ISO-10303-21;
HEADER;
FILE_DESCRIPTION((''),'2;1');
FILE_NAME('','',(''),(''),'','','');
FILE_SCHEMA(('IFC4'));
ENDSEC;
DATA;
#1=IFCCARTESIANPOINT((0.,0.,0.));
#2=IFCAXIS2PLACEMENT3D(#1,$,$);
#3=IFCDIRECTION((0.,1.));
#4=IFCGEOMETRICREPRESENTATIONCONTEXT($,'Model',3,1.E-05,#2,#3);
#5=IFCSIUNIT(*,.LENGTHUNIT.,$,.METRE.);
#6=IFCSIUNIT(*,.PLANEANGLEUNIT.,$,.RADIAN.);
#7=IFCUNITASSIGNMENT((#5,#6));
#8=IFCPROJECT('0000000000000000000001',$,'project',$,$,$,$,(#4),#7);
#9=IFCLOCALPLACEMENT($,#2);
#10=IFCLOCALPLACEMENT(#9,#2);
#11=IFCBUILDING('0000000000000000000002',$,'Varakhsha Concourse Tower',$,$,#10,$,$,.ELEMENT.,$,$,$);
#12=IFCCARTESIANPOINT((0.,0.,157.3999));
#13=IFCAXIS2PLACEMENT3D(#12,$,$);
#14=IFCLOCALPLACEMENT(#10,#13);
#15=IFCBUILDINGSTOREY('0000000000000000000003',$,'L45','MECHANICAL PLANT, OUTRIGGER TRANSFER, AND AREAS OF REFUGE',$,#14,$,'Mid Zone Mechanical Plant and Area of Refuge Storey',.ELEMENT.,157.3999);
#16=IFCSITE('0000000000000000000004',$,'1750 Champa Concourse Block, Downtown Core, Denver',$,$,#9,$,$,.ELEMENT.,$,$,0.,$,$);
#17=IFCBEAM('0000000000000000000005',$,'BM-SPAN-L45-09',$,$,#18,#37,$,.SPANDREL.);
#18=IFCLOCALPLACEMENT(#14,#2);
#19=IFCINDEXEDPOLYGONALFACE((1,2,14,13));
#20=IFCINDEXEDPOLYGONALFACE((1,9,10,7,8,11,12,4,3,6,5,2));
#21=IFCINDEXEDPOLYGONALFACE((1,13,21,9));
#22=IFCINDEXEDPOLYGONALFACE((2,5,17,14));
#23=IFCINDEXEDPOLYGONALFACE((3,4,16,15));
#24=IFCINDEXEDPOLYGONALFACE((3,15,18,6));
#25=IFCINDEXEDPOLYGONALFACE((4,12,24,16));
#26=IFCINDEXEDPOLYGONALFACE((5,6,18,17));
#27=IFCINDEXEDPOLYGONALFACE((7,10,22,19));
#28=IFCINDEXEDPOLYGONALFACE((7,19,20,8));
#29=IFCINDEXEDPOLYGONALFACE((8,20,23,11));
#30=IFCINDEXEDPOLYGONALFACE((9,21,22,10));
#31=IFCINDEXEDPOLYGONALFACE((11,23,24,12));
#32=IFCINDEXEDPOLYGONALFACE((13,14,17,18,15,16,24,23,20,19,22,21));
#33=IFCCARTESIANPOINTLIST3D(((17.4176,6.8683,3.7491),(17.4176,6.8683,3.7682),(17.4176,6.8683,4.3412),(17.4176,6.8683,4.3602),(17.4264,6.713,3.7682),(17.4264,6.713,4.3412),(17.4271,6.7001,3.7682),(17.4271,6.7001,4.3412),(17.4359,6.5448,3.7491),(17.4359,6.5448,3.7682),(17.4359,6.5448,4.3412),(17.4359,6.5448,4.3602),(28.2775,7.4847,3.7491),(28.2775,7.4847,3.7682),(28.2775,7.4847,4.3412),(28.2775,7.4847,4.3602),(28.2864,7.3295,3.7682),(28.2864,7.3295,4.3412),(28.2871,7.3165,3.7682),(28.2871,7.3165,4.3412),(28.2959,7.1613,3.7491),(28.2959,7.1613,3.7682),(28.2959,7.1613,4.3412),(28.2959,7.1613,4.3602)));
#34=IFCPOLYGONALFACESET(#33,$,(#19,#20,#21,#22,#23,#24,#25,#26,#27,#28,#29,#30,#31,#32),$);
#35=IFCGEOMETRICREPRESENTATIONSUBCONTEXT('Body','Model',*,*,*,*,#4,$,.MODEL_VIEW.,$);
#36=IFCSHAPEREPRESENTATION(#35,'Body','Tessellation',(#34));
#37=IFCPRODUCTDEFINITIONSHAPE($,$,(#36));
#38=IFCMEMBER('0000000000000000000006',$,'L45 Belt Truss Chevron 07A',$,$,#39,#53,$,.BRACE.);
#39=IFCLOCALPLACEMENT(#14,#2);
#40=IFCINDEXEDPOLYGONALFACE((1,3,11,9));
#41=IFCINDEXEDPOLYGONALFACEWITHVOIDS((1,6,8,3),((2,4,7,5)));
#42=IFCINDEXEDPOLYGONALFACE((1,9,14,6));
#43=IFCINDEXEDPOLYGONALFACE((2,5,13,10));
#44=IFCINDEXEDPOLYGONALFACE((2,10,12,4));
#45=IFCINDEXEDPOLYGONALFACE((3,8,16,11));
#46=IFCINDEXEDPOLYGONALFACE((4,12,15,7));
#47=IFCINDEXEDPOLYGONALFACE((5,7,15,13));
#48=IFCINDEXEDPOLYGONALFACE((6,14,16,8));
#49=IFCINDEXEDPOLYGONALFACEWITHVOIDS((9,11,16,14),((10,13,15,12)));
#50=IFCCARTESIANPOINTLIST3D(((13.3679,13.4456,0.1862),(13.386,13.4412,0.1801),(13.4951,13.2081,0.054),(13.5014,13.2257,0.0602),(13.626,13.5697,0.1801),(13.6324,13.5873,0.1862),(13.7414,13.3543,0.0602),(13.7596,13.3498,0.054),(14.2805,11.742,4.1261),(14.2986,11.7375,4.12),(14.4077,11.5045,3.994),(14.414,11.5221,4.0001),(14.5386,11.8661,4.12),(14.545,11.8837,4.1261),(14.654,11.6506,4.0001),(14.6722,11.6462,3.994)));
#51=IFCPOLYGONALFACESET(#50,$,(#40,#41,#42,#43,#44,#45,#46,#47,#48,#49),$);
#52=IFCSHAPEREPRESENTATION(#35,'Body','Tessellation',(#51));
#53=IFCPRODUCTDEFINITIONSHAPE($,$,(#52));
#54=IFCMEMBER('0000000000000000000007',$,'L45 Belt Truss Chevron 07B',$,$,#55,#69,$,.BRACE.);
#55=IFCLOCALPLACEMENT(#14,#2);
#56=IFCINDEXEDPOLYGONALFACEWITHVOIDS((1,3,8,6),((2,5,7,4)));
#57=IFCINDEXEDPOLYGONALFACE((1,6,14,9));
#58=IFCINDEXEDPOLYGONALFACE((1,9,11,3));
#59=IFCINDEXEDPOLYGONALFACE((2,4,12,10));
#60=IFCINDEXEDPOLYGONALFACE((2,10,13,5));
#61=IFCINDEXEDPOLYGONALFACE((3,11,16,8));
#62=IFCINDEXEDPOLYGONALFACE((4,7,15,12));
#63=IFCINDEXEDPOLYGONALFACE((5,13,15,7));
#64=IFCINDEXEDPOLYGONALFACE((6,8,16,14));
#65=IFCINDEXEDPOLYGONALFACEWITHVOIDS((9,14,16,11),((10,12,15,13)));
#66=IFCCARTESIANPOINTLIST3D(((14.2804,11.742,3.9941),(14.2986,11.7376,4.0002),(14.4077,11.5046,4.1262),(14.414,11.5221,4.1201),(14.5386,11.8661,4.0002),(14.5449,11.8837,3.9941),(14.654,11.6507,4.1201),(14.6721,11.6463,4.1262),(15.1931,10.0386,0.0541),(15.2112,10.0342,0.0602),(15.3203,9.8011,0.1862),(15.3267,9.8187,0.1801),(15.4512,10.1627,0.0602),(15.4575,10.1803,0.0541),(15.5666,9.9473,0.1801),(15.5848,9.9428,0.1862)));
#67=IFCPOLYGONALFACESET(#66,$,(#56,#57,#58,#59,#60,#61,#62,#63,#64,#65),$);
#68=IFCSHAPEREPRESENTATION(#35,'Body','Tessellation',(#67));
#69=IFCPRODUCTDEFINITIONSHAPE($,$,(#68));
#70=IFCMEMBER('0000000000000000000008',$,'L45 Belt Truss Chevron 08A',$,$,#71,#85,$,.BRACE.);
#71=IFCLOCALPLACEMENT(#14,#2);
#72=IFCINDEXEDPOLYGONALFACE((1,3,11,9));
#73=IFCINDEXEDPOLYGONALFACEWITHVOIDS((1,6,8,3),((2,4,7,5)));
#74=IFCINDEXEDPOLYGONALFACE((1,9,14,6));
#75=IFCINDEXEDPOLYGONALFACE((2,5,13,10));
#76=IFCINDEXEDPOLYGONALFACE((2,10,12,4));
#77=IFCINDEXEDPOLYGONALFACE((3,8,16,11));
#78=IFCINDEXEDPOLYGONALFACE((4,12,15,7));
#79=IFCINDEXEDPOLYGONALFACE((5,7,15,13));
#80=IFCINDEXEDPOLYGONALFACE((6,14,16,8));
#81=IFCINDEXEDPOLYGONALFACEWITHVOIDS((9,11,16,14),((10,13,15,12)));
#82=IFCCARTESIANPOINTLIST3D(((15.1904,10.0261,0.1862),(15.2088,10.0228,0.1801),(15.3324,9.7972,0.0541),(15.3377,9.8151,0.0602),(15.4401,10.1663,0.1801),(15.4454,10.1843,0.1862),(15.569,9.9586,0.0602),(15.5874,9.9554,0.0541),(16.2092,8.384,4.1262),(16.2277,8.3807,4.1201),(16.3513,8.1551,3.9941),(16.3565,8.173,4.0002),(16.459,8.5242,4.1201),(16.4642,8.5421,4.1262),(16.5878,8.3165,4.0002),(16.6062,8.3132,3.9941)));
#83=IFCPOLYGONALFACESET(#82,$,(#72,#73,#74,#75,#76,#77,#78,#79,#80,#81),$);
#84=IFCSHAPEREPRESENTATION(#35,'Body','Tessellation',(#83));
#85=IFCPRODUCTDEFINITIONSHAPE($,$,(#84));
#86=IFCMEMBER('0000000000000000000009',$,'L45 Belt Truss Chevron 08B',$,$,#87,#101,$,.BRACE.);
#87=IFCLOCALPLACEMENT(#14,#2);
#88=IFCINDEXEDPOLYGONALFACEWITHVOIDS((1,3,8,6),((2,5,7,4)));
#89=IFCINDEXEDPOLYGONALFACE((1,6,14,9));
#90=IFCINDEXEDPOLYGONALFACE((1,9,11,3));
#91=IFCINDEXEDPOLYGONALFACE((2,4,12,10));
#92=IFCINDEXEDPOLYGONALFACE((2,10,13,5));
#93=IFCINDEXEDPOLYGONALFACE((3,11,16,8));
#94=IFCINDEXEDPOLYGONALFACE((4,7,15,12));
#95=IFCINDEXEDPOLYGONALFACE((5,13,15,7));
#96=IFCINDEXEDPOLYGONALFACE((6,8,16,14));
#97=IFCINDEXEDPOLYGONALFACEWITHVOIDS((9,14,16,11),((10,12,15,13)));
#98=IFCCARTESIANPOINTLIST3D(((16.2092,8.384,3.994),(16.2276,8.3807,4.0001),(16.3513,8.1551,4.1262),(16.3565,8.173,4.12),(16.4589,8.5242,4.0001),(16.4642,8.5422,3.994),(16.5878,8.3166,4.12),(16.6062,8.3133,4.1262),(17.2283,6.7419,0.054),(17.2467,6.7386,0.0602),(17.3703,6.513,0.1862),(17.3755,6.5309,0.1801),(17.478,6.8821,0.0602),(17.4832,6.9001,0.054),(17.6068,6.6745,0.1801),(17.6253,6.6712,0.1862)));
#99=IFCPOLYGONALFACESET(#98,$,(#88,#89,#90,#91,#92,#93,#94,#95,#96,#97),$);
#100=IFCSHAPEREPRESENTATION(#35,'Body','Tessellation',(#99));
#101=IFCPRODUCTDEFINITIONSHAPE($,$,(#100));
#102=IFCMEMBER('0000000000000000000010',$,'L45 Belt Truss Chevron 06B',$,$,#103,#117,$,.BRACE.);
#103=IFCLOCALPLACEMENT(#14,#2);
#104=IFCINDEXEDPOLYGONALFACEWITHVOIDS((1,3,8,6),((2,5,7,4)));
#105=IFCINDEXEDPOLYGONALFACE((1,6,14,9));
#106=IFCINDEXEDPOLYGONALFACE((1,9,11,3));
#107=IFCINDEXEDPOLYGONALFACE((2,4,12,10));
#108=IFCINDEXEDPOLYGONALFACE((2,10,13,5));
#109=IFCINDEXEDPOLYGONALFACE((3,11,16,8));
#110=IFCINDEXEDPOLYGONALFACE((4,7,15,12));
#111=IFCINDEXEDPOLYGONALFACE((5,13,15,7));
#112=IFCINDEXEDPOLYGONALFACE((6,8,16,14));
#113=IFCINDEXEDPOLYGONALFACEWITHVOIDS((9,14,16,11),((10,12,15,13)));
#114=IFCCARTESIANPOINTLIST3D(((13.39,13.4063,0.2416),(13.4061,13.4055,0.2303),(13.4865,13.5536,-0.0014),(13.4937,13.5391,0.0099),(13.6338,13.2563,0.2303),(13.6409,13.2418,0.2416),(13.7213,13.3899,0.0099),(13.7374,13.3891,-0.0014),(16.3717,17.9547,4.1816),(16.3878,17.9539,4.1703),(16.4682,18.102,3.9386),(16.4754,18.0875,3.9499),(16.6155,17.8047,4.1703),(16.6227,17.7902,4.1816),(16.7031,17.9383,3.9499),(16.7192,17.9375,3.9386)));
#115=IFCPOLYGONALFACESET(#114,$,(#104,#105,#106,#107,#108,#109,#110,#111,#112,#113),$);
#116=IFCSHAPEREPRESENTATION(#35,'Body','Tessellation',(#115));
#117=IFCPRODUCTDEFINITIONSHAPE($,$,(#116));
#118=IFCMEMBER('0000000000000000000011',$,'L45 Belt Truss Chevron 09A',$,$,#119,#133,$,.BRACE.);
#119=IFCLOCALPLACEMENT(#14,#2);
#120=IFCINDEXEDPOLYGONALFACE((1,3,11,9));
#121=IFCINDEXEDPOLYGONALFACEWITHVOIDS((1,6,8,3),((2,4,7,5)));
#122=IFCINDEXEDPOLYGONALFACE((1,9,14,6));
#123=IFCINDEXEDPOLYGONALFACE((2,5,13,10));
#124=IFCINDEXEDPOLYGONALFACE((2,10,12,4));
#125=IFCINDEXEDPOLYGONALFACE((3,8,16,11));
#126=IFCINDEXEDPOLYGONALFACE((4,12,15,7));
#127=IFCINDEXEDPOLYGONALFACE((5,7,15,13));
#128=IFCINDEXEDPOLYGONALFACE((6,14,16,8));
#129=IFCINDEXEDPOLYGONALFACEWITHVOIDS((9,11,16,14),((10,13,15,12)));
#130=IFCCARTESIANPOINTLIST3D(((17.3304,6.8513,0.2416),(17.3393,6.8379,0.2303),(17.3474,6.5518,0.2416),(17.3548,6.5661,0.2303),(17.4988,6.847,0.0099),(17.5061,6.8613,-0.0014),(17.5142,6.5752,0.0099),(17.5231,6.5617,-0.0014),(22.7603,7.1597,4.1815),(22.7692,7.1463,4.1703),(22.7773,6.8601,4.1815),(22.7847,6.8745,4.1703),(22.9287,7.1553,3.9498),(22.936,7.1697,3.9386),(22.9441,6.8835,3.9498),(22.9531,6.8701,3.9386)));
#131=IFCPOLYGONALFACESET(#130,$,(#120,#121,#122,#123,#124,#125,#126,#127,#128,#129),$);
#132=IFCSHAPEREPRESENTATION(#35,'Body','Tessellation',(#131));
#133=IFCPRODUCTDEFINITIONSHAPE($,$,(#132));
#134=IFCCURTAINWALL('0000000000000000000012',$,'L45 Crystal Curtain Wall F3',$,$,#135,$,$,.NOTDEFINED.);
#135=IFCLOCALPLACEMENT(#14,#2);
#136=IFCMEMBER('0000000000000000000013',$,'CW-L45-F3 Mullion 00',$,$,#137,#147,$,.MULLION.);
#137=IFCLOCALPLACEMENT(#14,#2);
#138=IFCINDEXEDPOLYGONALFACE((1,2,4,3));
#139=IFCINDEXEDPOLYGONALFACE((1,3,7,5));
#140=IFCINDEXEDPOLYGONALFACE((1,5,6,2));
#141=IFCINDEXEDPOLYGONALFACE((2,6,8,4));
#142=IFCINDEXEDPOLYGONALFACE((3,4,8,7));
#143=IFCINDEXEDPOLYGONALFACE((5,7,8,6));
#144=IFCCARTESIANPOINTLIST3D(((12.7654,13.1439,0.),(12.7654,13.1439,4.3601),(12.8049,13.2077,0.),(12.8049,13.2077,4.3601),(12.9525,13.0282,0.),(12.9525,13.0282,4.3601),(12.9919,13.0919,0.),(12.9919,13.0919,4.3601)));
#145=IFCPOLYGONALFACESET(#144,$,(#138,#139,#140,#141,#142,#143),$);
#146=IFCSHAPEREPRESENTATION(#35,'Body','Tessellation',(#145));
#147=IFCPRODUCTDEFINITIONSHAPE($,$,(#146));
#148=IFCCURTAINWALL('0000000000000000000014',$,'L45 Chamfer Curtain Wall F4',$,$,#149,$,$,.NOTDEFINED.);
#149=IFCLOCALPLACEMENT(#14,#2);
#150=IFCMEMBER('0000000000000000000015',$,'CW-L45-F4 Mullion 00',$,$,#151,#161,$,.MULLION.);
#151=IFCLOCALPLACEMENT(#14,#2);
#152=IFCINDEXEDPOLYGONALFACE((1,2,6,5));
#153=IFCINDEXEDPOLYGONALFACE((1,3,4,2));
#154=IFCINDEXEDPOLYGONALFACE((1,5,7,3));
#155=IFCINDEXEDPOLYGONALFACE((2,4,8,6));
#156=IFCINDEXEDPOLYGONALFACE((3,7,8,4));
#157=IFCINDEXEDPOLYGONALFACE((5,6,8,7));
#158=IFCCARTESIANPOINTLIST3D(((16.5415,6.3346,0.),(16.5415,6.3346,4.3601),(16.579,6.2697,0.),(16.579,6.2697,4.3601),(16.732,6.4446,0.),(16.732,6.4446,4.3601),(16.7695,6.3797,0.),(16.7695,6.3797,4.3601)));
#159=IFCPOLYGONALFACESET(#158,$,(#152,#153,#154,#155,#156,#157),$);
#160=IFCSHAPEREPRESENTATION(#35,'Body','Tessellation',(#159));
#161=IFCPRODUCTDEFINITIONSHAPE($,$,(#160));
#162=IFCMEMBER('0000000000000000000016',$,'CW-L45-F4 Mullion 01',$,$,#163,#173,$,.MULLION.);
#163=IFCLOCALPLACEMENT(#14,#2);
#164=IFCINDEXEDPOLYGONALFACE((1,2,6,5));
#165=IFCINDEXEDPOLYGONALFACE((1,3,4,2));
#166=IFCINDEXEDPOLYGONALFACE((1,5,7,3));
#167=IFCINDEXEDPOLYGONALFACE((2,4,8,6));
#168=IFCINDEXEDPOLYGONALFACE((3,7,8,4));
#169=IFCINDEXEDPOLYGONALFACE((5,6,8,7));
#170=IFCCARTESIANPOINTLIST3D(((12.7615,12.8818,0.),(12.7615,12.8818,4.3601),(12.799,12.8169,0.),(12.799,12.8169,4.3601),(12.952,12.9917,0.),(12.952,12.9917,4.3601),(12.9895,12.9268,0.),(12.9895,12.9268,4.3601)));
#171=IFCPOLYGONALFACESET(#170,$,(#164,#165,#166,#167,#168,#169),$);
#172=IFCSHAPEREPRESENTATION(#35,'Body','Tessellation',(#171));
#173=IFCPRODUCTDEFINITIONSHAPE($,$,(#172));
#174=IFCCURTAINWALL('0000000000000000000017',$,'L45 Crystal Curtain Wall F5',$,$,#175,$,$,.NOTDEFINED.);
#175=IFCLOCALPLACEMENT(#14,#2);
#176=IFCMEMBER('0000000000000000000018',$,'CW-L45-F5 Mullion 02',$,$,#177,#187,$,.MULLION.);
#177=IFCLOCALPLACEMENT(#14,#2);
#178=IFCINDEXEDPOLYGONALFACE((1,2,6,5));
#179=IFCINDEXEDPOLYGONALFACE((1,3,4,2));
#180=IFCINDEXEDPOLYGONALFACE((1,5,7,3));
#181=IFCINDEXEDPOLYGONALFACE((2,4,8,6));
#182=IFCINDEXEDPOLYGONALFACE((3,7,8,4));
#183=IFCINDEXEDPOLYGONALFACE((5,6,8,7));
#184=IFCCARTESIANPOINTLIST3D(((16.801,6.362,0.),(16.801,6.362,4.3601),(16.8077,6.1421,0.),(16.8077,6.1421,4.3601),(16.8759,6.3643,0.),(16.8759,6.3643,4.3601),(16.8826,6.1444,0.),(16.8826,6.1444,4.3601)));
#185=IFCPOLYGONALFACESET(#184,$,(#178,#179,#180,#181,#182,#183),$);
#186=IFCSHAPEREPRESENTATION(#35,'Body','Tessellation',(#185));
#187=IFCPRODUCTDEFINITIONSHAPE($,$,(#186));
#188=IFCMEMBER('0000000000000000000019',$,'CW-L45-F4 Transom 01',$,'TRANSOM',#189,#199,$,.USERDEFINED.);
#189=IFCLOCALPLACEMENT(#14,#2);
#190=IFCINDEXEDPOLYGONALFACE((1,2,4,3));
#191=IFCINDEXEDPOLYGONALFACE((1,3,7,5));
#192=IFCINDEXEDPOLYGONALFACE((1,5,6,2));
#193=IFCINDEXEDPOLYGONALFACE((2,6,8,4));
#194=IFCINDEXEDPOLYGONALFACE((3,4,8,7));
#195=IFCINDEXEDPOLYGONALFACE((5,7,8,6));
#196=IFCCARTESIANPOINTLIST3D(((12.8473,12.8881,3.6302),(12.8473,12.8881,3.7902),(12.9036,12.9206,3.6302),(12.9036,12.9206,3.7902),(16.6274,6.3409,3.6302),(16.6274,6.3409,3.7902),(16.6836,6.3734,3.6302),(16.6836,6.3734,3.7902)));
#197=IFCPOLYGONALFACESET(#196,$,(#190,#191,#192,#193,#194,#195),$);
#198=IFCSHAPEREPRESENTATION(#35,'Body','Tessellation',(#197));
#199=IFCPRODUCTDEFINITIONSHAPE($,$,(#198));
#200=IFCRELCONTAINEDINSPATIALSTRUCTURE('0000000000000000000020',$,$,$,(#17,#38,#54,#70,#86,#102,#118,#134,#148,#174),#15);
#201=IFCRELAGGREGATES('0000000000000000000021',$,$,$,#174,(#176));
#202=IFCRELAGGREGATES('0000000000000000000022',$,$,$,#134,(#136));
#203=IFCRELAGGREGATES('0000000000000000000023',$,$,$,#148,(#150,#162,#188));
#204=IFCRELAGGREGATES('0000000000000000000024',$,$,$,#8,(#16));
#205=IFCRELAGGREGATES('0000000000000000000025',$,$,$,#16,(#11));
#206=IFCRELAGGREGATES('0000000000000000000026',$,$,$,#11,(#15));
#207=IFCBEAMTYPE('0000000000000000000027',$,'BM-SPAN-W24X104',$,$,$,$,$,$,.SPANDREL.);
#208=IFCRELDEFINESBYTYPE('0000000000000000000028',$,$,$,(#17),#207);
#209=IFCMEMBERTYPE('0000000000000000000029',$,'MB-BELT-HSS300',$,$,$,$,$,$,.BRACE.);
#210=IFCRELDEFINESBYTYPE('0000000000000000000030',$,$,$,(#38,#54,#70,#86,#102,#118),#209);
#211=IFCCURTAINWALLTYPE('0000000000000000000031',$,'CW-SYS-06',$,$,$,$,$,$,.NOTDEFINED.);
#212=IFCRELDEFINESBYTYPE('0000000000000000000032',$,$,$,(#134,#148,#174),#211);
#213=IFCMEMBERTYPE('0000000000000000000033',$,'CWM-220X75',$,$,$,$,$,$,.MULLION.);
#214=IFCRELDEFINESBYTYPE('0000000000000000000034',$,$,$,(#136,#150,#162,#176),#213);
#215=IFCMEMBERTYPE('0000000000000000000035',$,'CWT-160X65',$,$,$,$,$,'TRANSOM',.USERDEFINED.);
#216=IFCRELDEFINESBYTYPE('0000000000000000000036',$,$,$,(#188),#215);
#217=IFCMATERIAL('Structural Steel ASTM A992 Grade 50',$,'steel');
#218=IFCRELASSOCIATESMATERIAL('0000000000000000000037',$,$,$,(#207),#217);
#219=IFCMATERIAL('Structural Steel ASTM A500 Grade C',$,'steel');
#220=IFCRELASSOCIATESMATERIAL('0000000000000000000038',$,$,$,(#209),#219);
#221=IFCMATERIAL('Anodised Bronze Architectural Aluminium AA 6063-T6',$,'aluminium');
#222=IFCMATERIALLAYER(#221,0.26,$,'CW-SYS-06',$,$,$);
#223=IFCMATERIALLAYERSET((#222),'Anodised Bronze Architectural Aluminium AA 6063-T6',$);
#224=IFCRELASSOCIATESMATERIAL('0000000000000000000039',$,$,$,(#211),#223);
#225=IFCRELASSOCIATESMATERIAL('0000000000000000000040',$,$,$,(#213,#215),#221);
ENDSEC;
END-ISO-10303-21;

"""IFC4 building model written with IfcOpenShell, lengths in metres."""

from ifc_helpers import new_model, si_unit, direction, frame, origin, origin_2d, place, context, subcontext, project, spatial, rectangle, hollow_rectangle, i_section, extrude, source, transform, mapped, material, layer, layer_set, material_profile, profile_set, type_object, type_shapes, element, aggregate, save


model = new_model("IFC4")

# Units and contexts
model_context = context("Model", 3, precision=1e-05, world=origin(), true_north=direction((0.0, 1.0)))
body_context = subcontext(model_context, "Body", "Model", "MODEL_VIEW")
ifc_project = project(units=[si_unit("LENGTHUNIT", "METRE"), si_unit("PLANEANGLEUNIT", "RADIAN")], contexts=[model_context])

# Site, building, storey
site_placement = place(None, origin())
site = spatial("IfcSite", under=ifc_project, at=site_placement, Name="1750 Champa Concourse Block, Downtown Core, Denver", CompositionType="ELEMENT", RefElevation=0.0)
building_placement = place(site_placement, origin())
building = spatial("IfcBuilding", under=site, at=building_placement, Name="Varakhsha Concourse Tower", CompositionType="ELEMENT")
storey_placement = place(building_placement, frame((0.0, 0.0, 157.3999)))
storey = spatial("IfcBuildingStorey", under=building, at=storey_placement, Name="L45", Description="MECHANICAL PLANT, OUTRIGGER TRANSFER, AND AREAS OF REFUGE", LongName="Mid Zone Mechanical Plant and Area of Refuge Storey", CompositionType="ELEMENT", Elevation=157.3999)

# Shared definitions
ifc_material_1 = material(Name="Structural Steel ASTM A992 Grade 50", Category="steel")

# Beam
ifc_material_profile_1 = material_profile(ifc_material_1, i_section(OverallWidth=0.324, OverallDepth=0.6111, WebThickness=0.0129, FlangeThickness=0.019, at=origin_2d()), Name="W24X104")
ifc_profile_set_1 = profile_set([ifc_material_profile_1], Name="Structural Steel ASTM A992 Grade 50")
beam_type_1 = type_object("IfcBeamType", Name="BM-SPAN-W24X104", PredefinedType="SPANDREL", material=ifc_profile_set_1)
beam_1_placement = place(storey_placement, frame((17.4268, 6.7065, 4.0547), z_axis=(0.998393, 0.056673, 0.0), x_axis=(-0.056673, 0.998393, 0.0)))
element("IfcBeam", 1, at=beam_1_placement, inside=storey, type_object=beam_type_1, Name="BM-SPAN-L45-09", PredefinedType="SPANDREL", context=body_context, shape_type="SweptSolid", body=[
    extrude(i_section(OverallWidth=0.324, OverallDepth=0.6111, WebThickness=0.0129, FlangeThickness=0.019, at=origin_2d()), origin(), (0.0, 0.0, 1.0), 10.8774),
])

# Members
ifc_material_2 = material(Name="Structural Steel ASTM A500 Grade C", Category="steel")
ifc_material_profile_2 = material_profile(ifc_material_2, hollow_rectangle(XDim=0.3, YDim=0.3, WallThickness=0.0139, at=origin_2d()), Name="HSS 300x300x14")
ifc_profile_set_2 = profile_set([ifc_material_profile_2], Name="Structural Steel ASTM A500 Grade C")
member_type_1 = type_object("IfcMemberType", Name="MB-BELT-HSS300", PredefinedType="BRACE", material=ifc_profile_set_2)
shared_shape_1 = source(origin(), body_context, "Body", "SweptSolid", [
    extrude(hollow_rectangle(XDim=0.3, YDim=0.3, WallThickness=0.0139, at=origin_2d()), origin(), (0.0, 0.0, 1.0), 4.3884),
])
for number, where, z_axis, x_axis, name in (
    (2, (13.5637, 13.3977, 0.1201), (0.207956, -0.388206, 0.897803), (0.881491, 0.4722, 0.0), "L45 Belt Truss Chevron 07A"),
    (3, (15.3889, 9.9907, 0.1201), (-0.20796, 0.388159, 0.897823), (-0.881463, -0.472253, 0.0), "L45 Belt Truss Chevron 07B"),
    (4, (15.3889, 9.9907, 0.1201), (0.23216, -0.374194, 0.89782), (0.84974, 0.527202, 0.0), "L45 Belt Truss Chevron 08A"),
    (5, (17.4268, 6.7065, 0.1201), (-0.232213, 0.374189, 0.897808), (-0.849683, -0.527294, 0.0), "L45 Belt Truss Chevron 08B"),
):
    element("IfcMember", number, at=place(storey_placement, frame(where, z_axis=z_axis, x_axis=x_axis)), inside=storey, type_object=member_type_1, Name=name, PredefinedType="BRACE", context=body_context, shape_type="MappedRepresentation", body=[
        mapped(shared_shape_1, transform((0.0, 0.0, 0.0), scale=1.0)),
    ])
shared_shape_2 = source(origin(), body_context, "Body", "SweptSolid", [
    extrude(hollow_rectangle(XDim=0.3, YDim=0.3, WallThickness=0.0139, at=origin_2d()), origin(), (0.0, 0.0, 1.0), 6.7158),
])
type_shapes(member_type_1, [shared_shape_1, shared_shape_2])
for number, where, z_axis, x_axis, name in (
    (6, (13.5637, 13.3977, 0.1201), (0.443986, 0.677267, 0.586674), (-0.836314, 0.54825, 0.0), "L45 Belt Truss Chevron 06B"),
    (7, (17.4268, 6.7065, 0.1201), (0.808527, 0.045914, 0.586665), (-0.056696, 0.998392, 0.0), "L45 Belt Truss Chevron 09A"),
):
    element("IfcMember", number, at=place(storey_placement, frame(where, z_axis=z_axis, x_axis=x_axis)), inside=storey, type_object=member_type_1, Name=name, PredefinedType="BRACE", context=body_context, shape_type="MappedRepresentation", body=[
        mapped(shared_shape_2, transform((0.0, 0.0, 0.0), scale=1.0)),
    ])

# Curtain wall, member
ifc_material_3 = material(Name="Anodised Bronze Architectural Aluminium AA 6063-T6", Category="aluminium")
ifc_layer_1 = layer(ifc_material_3, 0.26, Name="CW-SYS-06")
ifc_layer_set_1 = layer_set([ifc_layer_1], Name="Anodised Bronze Architectural Aluminium AA 6063-T6")
curtain_wall_type = type_object("IfcCurtainWallType", Name="CW-SYS-06", PredefinedType="NOTDEFINED", material=ifc_layer_set_1)
curtain_wall_1_placement = place(storey_placement, origin())
curtain_wall_1 = element("IfcCurtainWall", 8, at=curtain_wall_1_placement, inside=storey, type_object=curtain_wall_type, Name="L45 Crystal Curtain Wall F3", PredefinedType="NOTDEFINED")
ifc_material_profile_3 = material_profile(ifc_material_3, rectangle(XDim=0.075, YDim=0.22, at=origin_2d()), Name="CWM-220X75")
ifc_profile_set_3 = profile_set([ifc_material_profile_3], Name="Anodised Bronze Architectural Aluminium AA 6063-T6")
member_type_2 = type_object("IfcMemberType", Name="CWM-220X75", PredefinedType="MULLION", material=ifc_profile_set_3)
shared_shape_3 = source(origin(), body_context, "Body", "SweptSolid", [
    extrude(rectangle(XDim=0.075, YDim=0.22, at=origin_2d()), origin(), (0.0, 0.0, 1.0), 4.3601),
])
type_shapes(member_type_2, [shared_shape_3])
member_1_placement = place(storey_placement, frame((12.8787, 13.1179, 0.0), z_axis=(0.0, 0.0, 1.0), x_axis=(0.526199, 0.850361, 0.0)))
member_1 = element("IfcMember", 9, at=member_1_placement, type_object=member_type_2, Name="CW-L45-F3 Mullion 00", PredefinedType="MULLION", context=body_context, shape_type="MappedRepresentation", body=[
    mapped(shared_shape_3, transform((0.0, 0.0, 0.0), scale=1.0)),
])

# Curtain wall, members
curtain_wall_2_placement = place(storey_placement, origin())
curtain_wall_2 = element("IfcCurtainWall", 10, at=curtain_wall_2_placement, inside=storey, type_object=curtain_wall_type, Name="L45 Chamfer Curtain Wall F4", PredefinedType="NOTDEFINED")
member_2_placement = place(storey_placement, frame((16.6555, 6.3572, 0.0), z_axis=(0.0, 0.0, 1.0), x_axis=(-0.499991, 0.866031, 0.0)))
member_2 = element("IfcMember", 11, at=member_2_placement, type_object=member_type_2, Name="CW-L45-F4 Mullion 00", PredefinedType="MULLION", context=body_context, shape_type="MappedRepresentation", body=[
    mapped(shared_shape_3, transform((0.0, 0.0, 0.0), scale=1.0)),
])
member_3_placement = place(storey_placement, frame((12.8755, 12.9043, 0.0), z_axis=(0.0, 0.0, 1.0), x_axis=(-0.499991, 0.866031, 0.0)))
member_3 = element("IfcMember", 12, at=member_3_placement, type_object=member_type_2, Name="CW-L45-F4 Mullion 01", PredefinedType="MULLION", context=body_context, shape_type="MappedRepresentation", body=[
    mapped(shared_shape_3, transform((0.0, 0.0, 0.0), scale=1.0)),
])

# Curtain wall, member
curtain_wall_3_placement = place(storey_placement, origin())
curtain_wall_3 = element("IfcCurtainWall", 13, at=curtain_wall_3_placement, inside=storey, type_object=curtain_wall_type, Name="L45 Crystal Curtain Wall F5", PredefinedType="NOTDEFINED")
member_4_placement = place(storey_placement, frame((16.8418, 6.2532, 0.0), z_axis=(0.0, 0.0, 1.0), x_axis=(-0.999534, -0.030523, 0.0)))
member_4 = element("IfcMember", 14, at=member_4_placement, type_object=member_type_2, Name="CW-L45-F5 Mullion 02", PredefinedType="MULLION", context=body_context, shape_type="MappedRepresentation", body=[
    mapped(shared_shape_3, transform((0.0, 0.0, 0.0), scale=1.0)),
])

# Member
ifc_material_profile_4 = material_profile(ifc_material_3, rectangle(XDim=0.0649, YDim=0.1599, at=origin_2d()), Name="CWT-160X65")
ifc_profile_set_4 = profile_set([ifc_material_profile_4], Name="Anodised Bronze Architectural Aluminium AA 6063-T6")
member_type_3 = type_object("IfcMemberType", Name="CWT-160X65", ElementType="TRANSOM", PredefinedType="USERDEFINED", material=ifc_profile_set_4)
shared_shape_4 = source(origin(), body_context, "Body", "SweptSolid", [
    extrude(rectangle(XDim=0.0649, YDim=0.1599, at=origin_2d()), origin(), (0.0, 0.0, 1.0), 7.5601),
])
member_5_placement = place(storey_placement, frame((16.6555, 6.3572, 3.7102), z_axis=(-0.500005, 0.866023, 0.0), x_axis=(-0.866023, -0.500005, 0.0)))
member_5 = element("IfcMember", 15, at=member_5_placement, type_object=member_type_3, Name="CW-L45-F4 Transom 01", ObjectType="TRANSOM", PredefinedType="USERDEFINED", context=body_context, shape_type="MappedRepresentation", body=[
    mapped(shared_shape_4, transform((0.0, 0.0, 0.0), scale=1.0)),
])

aggregate(curtain_wall_3, [member_4])
aggregate(curtain_wall_1, [member_1])
aggregate(curtain_wall_2, [member_2, member_3, member_5])

save(model, "model.ifc")
